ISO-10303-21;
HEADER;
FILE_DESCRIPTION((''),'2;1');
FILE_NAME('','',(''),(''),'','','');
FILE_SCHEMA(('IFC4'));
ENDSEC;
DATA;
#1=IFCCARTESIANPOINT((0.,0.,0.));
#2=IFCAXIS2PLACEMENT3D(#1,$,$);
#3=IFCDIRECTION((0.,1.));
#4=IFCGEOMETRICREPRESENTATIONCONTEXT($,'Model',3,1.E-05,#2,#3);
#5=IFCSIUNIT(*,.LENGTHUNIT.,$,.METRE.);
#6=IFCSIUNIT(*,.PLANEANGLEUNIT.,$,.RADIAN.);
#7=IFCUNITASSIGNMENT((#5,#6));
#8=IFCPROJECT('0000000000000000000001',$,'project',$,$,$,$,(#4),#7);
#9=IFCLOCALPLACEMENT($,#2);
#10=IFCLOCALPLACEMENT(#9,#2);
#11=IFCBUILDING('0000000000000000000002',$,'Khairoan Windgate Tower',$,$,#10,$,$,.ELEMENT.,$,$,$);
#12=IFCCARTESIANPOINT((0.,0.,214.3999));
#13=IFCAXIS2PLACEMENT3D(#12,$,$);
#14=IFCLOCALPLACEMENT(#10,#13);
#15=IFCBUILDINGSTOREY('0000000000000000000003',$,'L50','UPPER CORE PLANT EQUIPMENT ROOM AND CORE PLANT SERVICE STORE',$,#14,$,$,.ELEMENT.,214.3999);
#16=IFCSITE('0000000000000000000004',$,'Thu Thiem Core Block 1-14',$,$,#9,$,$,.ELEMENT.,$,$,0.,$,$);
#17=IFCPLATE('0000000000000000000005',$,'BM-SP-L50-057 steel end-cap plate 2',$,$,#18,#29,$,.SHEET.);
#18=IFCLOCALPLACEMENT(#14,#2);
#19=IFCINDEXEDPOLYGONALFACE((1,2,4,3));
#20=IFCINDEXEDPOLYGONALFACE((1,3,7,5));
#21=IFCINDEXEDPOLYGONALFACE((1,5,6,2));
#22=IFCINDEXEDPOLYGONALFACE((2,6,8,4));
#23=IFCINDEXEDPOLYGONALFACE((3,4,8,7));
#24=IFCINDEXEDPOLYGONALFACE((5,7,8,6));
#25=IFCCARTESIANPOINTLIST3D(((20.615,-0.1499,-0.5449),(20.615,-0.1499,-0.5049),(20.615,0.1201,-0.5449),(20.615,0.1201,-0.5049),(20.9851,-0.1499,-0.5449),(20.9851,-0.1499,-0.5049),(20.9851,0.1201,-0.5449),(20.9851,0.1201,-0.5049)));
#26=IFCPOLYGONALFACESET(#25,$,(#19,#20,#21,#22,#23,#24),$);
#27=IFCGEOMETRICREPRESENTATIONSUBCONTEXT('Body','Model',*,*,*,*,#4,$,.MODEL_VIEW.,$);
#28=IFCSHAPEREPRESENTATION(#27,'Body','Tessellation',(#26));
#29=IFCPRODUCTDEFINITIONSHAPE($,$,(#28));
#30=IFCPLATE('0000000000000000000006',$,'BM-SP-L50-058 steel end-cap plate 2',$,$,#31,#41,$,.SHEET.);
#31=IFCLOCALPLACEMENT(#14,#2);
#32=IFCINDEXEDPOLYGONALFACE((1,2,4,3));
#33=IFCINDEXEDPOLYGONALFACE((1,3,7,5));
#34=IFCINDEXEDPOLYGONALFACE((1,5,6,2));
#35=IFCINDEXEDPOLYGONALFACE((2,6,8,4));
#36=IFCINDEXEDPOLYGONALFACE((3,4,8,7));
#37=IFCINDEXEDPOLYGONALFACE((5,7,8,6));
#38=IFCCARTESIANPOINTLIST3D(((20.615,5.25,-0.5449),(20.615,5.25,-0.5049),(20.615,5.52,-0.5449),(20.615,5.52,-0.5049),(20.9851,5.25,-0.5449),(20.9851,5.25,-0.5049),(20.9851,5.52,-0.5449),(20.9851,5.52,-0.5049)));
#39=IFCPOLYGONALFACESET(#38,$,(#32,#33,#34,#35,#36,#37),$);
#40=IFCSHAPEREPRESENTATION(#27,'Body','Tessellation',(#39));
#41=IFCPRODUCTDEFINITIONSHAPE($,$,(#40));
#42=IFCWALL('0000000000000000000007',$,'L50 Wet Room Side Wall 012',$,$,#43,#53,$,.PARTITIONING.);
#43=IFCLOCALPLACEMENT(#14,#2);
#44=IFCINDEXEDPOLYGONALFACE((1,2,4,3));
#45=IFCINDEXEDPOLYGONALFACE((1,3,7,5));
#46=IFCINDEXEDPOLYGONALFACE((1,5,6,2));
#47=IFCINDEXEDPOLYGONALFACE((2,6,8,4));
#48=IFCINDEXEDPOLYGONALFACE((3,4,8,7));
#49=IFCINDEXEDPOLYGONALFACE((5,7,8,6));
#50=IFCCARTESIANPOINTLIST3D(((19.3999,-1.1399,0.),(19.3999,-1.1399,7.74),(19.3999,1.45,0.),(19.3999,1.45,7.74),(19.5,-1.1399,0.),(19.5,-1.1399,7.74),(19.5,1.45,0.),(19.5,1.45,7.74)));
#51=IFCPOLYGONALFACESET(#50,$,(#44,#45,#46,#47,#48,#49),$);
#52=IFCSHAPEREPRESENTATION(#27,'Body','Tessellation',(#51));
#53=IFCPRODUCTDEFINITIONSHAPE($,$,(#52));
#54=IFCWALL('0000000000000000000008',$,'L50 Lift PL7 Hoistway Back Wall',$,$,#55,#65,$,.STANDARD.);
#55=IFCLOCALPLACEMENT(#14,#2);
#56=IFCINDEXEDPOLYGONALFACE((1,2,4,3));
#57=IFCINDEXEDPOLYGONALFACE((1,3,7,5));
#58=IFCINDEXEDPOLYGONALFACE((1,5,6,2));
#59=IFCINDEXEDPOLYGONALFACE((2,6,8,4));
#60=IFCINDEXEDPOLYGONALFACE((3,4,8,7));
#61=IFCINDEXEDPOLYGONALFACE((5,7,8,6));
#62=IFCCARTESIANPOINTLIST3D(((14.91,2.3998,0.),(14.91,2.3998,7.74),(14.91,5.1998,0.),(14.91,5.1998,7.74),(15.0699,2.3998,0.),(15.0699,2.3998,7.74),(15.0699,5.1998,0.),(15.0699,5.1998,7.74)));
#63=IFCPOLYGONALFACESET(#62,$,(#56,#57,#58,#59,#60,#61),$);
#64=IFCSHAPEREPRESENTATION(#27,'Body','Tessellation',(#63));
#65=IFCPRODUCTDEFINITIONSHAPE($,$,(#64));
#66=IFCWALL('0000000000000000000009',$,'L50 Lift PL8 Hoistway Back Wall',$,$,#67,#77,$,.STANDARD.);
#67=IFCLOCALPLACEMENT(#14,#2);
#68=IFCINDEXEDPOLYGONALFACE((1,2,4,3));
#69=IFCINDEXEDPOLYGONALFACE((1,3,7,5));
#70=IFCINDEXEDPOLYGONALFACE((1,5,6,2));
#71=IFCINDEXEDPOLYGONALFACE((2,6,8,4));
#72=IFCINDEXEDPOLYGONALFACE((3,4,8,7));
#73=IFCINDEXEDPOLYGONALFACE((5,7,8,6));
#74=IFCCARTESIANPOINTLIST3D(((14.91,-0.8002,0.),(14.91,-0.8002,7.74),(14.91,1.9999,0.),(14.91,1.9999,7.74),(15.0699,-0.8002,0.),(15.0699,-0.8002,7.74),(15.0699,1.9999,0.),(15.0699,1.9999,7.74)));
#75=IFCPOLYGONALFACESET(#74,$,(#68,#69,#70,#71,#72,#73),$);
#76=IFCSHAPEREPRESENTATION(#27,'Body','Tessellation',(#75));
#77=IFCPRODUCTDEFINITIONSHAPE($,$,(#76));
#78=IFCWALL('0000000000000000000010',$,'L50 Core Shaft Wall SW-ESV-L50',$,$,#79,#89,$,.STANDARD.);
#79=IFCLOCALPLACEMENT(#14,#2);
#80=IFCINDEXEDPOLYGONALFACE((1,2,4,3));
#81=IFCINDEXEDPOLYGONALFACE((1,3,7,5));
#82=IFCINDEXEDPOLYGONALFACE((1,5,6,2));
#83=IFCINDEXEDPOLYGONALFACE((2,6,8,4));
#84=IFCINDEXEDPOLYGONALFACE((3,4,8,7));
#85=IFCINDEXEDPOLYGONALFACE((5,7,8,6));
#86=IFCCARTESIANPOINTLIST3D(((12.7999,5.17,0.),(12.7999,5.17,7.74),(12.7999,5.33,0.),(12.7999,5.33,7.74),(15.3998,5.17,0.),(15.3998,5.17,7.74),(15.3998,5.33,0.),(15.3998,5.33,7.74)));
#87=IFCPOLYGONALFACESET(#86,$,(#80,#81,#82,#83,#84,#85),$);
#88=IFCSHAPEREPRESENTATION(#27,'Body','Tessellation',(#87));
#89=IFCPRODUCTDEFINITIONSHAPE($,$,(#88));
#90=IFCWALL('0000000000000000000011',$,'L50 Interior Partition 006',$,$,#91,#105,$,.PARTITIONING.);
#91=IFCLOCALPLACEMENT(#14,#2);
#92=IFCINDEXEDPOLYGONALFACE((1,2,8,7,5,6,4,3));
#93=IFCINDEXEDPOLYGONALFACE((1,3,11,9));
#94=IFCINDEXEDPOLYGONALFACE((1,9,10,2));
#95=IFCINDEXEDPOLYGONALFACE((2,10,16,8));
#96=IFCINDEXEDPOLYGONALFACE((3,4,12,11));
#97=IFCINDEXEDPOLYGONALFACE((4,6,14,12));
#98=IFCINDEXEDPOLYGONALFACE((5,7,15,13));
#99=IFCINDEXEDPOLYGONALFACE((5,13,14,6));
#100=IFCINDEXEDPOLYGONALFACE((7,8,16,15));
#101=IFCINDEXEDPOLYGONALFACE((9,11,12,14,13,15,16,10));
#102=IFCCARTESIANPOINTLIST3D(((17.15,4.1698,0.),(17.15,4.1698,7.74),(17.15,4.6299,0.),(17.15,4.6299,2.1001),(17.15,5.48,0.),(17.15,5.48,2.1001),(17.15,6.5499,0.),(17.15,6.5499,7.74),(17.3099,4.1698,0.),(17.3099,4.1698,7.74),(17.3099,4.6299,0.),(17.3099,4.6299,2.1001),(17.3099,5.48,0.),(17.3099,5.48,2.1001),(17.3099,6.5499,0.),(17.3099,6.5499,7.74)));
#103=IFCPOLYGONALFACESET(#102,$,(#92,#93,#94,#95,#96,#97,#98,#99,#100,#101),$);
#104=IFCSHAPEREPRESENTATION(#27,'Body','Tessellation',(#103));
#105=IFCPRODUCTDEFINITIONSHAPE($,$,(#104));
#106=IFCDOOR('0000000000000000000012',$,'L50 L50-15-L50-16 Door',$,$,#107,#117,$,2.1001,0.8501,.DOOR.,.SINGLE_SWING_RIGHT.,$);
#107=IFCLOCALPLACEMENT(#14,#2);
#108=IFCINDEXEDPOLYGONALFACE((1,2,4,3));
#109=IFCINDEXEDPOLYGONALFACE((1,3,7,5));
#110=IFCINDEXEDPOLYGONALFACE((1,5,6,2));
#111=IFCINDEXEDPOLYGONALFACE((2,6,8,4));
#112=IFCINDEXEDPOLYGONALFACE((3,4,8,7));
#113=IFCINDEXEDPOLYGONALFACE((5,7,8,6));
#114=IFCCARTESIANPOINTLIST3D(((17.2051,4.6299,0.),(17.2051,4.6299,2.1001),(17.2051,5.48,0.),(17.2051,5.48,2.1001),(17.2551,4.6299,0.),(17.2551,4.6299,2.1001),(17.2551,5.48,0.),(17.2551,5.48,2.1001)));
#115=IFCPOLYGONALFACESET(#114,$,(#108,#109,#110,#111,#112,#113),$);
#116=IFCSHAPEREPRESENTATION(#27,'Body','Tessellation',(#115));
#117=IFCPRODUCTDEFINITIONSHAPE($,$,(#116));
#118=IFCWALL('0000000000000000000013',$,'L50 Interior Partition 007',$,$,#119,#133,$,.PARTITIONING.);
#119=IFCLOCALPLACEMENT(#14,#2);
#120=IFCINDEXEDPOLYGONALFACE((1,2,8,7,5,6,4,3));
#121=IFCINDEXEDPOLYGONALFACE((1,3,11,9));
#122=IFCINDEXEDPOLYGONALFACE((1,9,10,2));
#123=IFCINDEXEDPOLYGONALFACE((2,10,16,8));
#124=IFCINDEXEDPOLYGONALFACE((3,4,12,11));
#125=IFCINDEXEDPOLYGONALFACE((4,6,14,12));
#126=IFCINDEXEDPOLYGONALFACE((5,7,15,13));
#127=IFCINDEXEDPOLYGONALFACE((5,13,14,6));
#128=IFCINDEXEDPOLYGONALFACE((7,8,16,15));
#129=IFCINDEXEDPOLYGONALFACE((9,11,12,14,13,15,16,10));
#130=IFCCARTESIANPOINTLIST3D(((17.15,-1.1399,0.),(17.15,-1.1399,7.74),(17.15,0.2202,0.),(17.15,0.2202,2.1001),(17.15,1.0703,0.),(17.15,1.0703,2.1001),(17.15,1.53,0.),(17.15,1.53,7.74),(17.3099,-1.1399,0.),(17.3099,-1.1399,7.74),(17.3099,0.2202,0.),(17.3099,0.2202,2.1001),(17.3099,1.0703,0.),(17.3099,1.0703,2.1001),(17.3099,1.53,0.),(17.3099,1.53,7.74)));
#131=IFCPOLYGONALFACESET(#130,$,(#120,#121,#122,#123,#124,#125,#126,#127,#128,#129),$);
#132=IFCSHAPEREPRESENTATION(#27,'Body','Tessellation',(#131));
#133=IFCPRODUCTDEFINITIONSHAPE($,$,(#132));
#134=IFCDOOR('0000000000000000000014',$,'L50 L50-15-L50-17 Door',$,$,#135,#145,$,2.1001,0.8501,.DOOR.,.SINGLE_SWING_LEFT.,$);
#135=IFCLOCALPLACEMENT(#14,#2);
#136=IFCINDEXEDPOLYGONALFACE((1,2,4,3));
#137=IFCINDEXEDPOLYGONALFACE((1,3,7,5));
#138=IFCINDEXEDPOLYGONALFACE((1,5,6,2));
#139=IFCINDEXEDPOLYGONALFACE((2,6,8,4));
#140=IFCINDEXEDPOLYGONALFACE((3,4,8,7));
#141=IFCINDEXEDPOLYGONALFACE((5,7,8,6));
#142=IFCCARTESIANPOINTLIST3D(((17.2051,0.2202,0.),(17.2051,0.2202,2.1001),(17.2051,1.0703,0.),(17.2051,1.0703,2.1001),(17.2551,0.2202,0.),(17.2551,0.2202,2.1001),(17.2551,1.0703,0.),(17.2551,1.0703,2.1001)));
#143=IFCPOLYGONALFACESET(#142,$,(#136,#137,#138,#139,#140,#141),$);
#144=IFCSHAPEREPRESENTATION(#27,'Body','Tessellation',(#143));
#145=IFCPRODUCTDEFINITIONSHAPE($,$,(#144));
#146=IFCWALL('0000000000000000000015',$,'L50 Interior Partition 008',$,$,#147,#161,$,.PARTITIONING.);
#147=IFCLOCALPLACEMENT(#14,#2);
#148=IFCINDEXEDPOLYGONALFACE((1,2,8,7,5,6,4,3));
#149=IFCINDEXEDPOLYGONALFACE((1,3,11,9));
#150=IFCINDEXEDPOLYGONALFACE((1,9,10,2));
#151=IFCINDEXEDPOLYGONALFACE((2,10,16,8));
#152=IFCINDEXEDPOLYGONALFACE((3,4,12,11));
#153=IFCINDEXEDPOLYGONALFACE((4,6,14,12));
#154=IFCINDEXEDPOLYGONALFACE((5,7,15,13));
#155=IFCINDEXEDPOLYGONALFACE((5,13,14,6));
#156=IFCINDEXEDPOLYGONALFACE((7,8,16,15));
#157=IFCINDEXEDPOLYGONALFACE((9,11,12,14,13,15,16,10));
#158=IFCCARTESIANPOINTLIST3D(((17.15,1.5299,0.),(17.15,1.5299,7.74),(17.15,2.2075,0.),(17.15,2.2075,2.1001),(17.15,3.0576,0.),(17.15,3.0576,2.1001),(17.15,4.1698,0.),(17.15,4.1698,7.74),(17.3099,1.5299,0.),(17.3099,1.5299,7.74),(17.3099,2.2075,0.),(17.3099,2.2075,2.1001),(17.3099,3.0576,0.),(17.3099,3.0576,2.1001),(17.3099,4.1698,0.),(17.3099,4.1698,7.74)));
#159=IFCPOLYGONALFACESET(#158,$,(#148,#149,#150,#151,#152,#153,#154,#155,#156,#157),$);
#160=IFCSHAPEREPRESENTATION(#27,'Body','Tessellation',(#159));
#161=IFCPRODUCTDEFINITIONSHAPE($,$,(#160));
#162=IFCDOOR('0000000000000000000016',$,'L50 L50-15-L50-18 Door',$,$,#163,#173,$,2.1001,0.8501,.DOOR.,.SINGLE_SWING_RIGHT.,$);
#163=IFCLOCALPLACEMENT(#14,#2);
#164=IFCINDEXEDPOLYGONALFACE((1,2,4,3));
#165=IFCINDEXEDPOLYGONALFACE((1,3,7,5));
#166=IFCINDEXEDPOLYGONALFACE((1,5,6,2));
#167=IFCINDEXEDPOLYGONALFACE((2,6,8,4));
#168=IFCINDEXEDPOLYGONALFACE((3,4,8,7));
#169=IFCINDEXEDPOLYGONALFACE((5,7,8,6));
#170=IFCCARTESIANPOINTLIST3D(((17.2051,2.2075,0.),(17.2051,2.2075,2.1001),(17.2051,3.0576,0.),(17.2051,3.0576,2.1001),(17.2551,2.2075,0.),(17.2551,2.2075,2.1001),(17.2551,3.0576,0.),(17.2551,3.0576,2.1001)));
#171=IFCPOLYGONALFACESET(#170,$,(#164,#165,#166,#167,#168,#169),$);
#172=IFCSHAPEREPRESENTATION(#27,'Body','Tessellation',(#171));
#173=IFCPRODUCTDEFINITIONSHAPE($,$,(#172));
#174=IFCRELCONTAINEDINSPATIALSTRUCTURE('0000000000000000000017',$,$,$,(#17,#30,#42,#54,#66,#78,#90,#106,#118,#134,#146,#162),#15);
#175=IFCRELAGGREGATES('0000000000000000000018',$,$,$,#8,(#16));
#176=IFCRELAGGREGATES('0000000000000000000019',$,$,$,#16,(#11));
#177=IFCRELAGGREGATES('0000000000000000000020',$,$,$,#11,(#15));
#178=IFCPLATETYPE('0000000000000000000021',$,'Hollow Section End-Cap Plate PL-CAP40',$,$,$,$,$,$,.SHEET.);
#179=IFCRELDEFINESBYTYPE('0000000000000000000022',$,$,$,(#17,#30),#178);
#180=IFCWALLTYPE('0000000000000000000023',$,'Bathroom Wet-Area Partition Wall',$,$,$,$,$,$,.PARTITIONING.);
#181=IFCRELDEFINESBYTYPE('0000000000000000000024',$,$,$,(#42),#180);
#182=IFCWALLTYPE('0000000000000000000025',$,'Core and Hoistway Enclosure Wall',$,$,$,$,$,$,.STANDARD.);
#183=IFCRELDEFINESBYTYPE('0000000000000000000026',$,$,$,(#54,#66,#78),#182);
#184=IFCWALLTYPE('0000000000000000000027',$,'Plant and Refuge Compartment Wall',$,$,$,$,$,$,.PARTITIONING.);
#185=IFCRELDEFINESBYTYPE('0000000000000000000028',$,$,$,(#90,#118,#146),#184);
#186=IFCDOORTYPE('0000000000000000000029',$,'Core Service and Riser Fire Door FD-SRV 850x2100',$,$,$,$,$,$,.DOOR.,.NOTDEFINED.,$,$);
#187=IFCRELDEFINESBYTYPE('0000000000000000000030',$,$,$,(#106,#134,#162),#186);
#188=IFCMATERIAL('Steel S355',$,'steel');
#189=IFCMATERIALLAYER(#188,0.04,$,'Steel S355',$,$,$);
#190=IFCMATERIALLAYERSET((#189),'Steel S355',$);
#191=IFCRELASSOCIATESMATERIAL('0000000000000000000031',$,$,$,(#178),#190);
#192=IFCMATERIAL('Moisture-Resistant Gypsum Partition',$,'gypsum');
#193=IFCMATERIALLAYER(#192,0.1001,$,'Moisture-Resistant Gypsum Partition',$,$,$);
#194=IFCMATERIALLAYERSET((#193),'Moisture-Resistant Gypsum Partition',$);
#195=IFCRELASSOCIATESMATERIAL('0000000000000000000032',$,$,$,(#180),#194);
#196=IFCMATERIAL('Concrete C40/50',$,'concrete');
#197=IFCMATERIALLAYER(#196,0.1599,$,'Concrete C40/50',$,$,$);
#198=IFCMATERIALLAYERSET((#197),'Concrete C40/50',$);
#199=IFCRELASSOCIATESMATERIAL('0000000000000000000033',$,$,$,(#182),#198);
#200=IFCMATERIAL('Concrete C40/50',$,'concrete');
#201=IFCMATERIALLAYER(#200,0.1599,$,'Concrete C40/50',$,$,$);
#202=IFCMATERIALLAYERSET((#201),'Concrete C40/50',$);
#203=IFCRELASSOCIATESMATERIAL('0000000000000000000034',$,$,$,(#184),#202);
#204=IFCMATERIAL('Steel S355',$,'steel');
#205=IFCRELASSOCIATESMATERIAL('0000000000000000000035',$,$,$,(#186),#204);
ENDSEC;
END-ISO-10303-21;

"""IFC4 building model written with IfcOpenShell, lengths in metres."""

from ifc_helpers import new_model, si_unit, direction, frame, frame_2d, origin, origin_2d, place, context, subcontext, project, spatial, rectangle, extrude, material, layer, layer_set, type_object, element, fill, save


model = new_model("IFC4")

# Units and contexts
model_context = context("Model", 3, precision=1e-05, world=origin(), true_north=direction((0.0, 1.0)))
body_context = subcontext(model_context, "Body", "Model", "MODEL_VIEW")
ifc_project = project(units=[si_unit("LENGTHUNIT", "METRE"), si_unit("PLANEANGLEUNIT", "RADIAN")], contexts=[model_context])

# Site, building, storey
site_placement = place(None, origin())
site = spatial("IfcSite", under=ifc_project, at=site_placement, Name="Thu Thiem Core Block 1-14", CompositionType="ELEMENT", RefElevation=0.0)
building_placement = place(site_placement, origin())
building = spatial("IfcBuilding", under=site, at=building_placement, Name="Khairoan Windgate Tower", CompositionType="ELEMENT")
storey_placement = place(building_placement, frame((0.0, 0.0, 214.3999)))
storey = spatial("IfcBuildingStorey", under=building, at=storey_placement, Name="L50", Description="UPPER CORE PLANT EQUIPMENT ROOM AND CORE PLANT SERVICE STORE", CompositionType="ELEMENT", Elevation=214.3999)

# Plates
ifc_material_1 = material(Name="Steel S355", Category="steel")
ifc_layer_1 = layer(ifc_material_1, 0.04, Name="Steel S355")
ifc_layer_set_1 = layer_set([ifc_layer_1], Name="Steel S355")
plate_type = type_object("IfcPlateType", Name="Hollow Section End-Cap Plate PL-CAP40", PredefinedType="SHEET", material=ifc_layer_set_1)
for number, where, z_axis, x_axis, name in (
    (1, (20.8, -0.0149, -0.5449), (0.0, 0.0, 1.0), (0.0, 1.0, 0.0), "BM-SP-L50-057 steel end-cap plate 2"),
    (2, (20.8, 5.385, -0.5449), (0.0, 0.0, 1.0), (0.0, 1.0, 0.0), "BM-SP-L50-058 steel end-cap plate 2"),
):
    element("IfcPlate", number, at=place(storey_placement, frame(where, z_axis=z_axis, x_axis=x_axis)), inside=storey, type_object=plate_type, Name=name, PredefinedType="SHEET", context=body_context, shape_type="SweptSolid", body=[
        extrude(rectangle(XDim=0.27, YDim=0.3701, at=origin_2d()), origin(), (0.0, 0.0, 1.0), 0.04),
    ])

# Walls
ifc_material_2 = material(Name="Moisture-Resistant Gypsum Partition", Category="gypsum")
ifc_layer_2 = layer(ifc_material_2, 0.1001, Name="Moisture-Resistant Gypsum Partition")
ifc_layer_set_2 = layer_set([ifc_layer_2], Name="Moisture-Resistant Gypsum Partition")
wall_type_1 = type_object("IfcWallType", Name="Bathroom Wet-Area Partition Wall", PredefinedType="PARTITIONING", material=ifc_layer_set_2)
wall_1_placement = place(storey_placement, frame((19.45, 1.45, 0.0), z_axis=(0.0, 0.0, 1.0), x_axis=(0.0, -1.0, 0.0)))
element("IfcWall", 3, at=wall_1_placement, inside=storey, type_object=wall_type_1, Name="L50 Wet Room Side Wall 012", PredefinedType="PARTITIONING", context=body_context, shape_type="SweptSolid", body=[
    extrude(rectangle(XDim=2.5898, YDim=0.1001, at=frame_2d((1.2949, 0.0))), origin(), (0.0, 0.0, 1.0), 7.74),
])
ifc_material_3 = material(Name="Concrete C40/50", Category="concrete")
ifc_layer_3 = layer(ifc_material_3, 0.1599, Name="Concrete C40/50")
ifc_layer_set_3 = layer_set([ifc_layer_3], Name="Concrete C40/50")
wall_type_2 = type_object("IfcWallType", Name="Core and Hoistway Enclosure Wall", PredefinedType="STANDARD", material=ifc_layer_set_3)
for number, where, z_axis, x_axis, name in (
    (4, (14.99, 2.3999, 0.0), (0.0, 0.0, 1.0), (0.0, 1.0, 0.0), "L50 Lift PL7 Hoistway Back Wall"),
    (5, (14.99, -0.8, 0.0), (0.0, 0.0, 1.0), (0.0, 1.0, 0.0), "L50 Lift PL8 Hoistway Back Wall"),
):
    element("IfcWall", number, at=place(storey_placement, frame(where, z_axis=z_axis, x_axis=x_axis)), inside=storey, type_object=wall_type_2, Name=name, PredefinedType="STANDARD", context=body_context, shape_type="SweptSolid", body=[
        extrude(rectangle(XDim=2.8, YDim=0.1599, at=frame_2d((1.3999, 0.0))), origin(), (0.0, 0.0, 1.0), 7.74),
    ])
wall_2_placement = place(storey_placement, frame((12.8, 5.25, 0.0), z_axis=(0.0, 0.0, 1.0), x_axis=(1.0, 0.0, 0.0)))
element("IfcWall", 6, at=wall_2_placement, inside=storey, type_object=wall_type_2, Name="L50 Core Shaft Wall SW-ESV-L50", PredefinedType="STANDARD", context=body_context, shape_type="SweptSolid", body=[
    extrude(rectangle(XDim=2.5999, YDim=0.1599, at=frame_2d((1.2998, 0.0))), origin(), (0.0, 0.0, 1.0), 7.74),
])

# Walls, openings, doors
ifc_material_4 = material(Name="Concrete C40/50", Category="concrete")
ifc_layer_4 = layer(ifc_material_4, 0.1599, Name="Concrete C40/50")
ifc_layer_set_4 = layer_set([ifc_layer_4], Name="Concrete C40/50")
wall_type_3 = type_object("IfcWallType", Name="Plant and Refuge Compartment Wall", PredefinedType="PARTITIONING", material=ifc_layer_set_4)
wall_3_placement = place(storey_placement, frame((17.23, 4.1699, 0.0), z_axis=(0.0, 0.0, 1.0), x_axis=(0.0, 1.0, 0.0)))
wall_3 = element("IfcWall", 7, at=wall_3_placement, inside=storey, type_object=wall_type_3, Name="L50 Interior Partition 006", PredefinedType="PARTITIONING", context=body_context, shape_type="SweptSolid", body=[
    extrude(rectangle(XDim=2.3801, YDim=0.1599, at=frame_2d((1.1899, 0.0))), origin(), (0.0, 0.0, 1.0), 7.74),
])
opening_1_placement = place(wall_3_placement, frame((0.46, 0.0, 0.0)))
opening_1 = element("IfcOpeningElement", 8, at=opening_1_placement, cuts=wall_3, PredefinedType="OPENING", context=body_context, shape_type="SweptSolid", body=[
    extrude(rectangle(XDim=0.8501, YDim=2.1001, at=frame_2d((0.425, 1.05))), frame((0.0, 0.0898, 0.0), z_axis=(0.0, -1.0, 0.0), x_axis=(1.0, 0.0, 0.0)), (0.0, 0.0, 1.0), 0.1799),
])
ifc_material_5 = material(Name="Steel S355", Category="steel")
door_type = type_object("IfcDoorType", Name="Core Service and Riser Fire Door FD-SRV 850x2100", OperationType="NOTDEFINED", PredefinedType="DOOR", material=ifc_material_5)
door_1_placement = place(opening_1_placement, origin())
door_1 = element("IfcDoor", 9, at=door_1_placement, inside=storey, type_object=door_type, Name="L50 L50-15-L50-16 Door", OperationType="SINGLE_SWING_RIGHT", OverallHeight=2.1001, OverallWidth=0.8501, PredefinedType="DOOR", context=body_context, shape_type="SweptSolid", body=[
    extrude(rectangle(XDim=0.8501, YDim=2.1001, at=frame_2d((0.425, 1.05))), frame((0.0, 0.0249, 0.0), z_axis=(0.0, -1.0, 0.0), x_axis=(1.0, 0.0, 0.0)), (0.0, 0.0, 1.0), 0.05),
])
fill(opening_1, door_1)
wall_4_placement = place(storey_placement, frame((17.23, -1.1399, 0.0), z_axis=(0.0, 0.0, 1.0), x_axis=(0.0, 1.0, 0.0)))
wall_4 = element("IfcWall", 10, at=wall_4_placement, inside=storey, type_object=wall_type_3, Name="L50 Interior Partition 007", PredefinedType="PARTITIONING", context=body_context, shape_type="SweptSolid", body=[
    extrude(rectangle(XDim=2.6699, YDim=0.1599, at=frame_2d((1.335, 0.0))), origin(), (0.0, 0.0, 1.0), 7.74),
])
opening_2_placement = place(wall_4_placement, frame((1.3601, 0.0, 0.0)))
opening_2 = element("IfcOpeningElement", 11, at=opening_2_placement, cuts=wall_4, PredefinedType="OPENING", context=body_context, shape_type="SweptSolid", body=[
    extrude(rectangle(XDim=0.8501, YDim=2.1001, at=frame_2d((0.425, 1.05))), frame((0.0, 0.0898, 0.0), z_axis=(0.0, -1.0, 0.0), x_axis=(1.0, 0.0, 0.0)), (0.0, 0.0, 1.0), 0.1799),
])
door_2_placement = place(opening_2_placement, origin())
door_2 = element("IfcDoor", 12, at=door_2_placement, inside=storey, type_object=door_type, Name="L50 L50-15-L50-17 Door", OperationType="SINGLE_SWING_LEFT", OverallHeight=2.1001, OverallWidth=0.8501, PredefinedType="DOOR", context=body_context, shape_type="SweptSolid", body=[
    extrude(rectangle(XDim=0.8501, YDim=2.1001, at=frame_2d((0.425, 1.05))), frame((0.0, 0.0249, 0.0), z_axis=(0.0, -1.0, 0.0), x_axis=(1.0, 0.0, 0.0)), (0.0, 0.0, 1.0), 0.05),
])
fill(opening_2, door_2)
wall_5_placement = place(storey_placement, frame((17.23, 1.53, 0.0), z_axis=(0.0, 0.0, 1.0), x_axis=(0.0, 1.0, 0.0)))
wall_5 = element("IfcWall", 13, at=wall_5_placement, inside=storey, type_object=wall_type_3, Name="L50 Interior Partition 008", PredefinedType="PARTITIONING", context=body_context, shape_type="SweptSolid", body=[
    extrude(rectangle(XDim=2.6399, YDim=0.1599, at=frame_2d((1.3198, 0.0))), origin(), (0.0, 0.0, 1.0), 7.74),
])
opening_3_placement = place(wall_5_placement, frame((0.6775, 0.0, 0.0)))
opening_3 = element("IfcOpeningElement", 14, at=opening_3_placement, cuts=wall_5, PredefinedType="OPENING", context=body_context, shape_type="SweptSolid", body=[
    extrude(rectangle(XDim=0.8501, YDim=2.1001, at=frame_2d((0.425, 1.05))), frame((0.0, 0.0898, 0.0), z_axis=(0.0, -1.0, 0.0), x_axis=(1.0, 0.0, 0.0)), (0.0, 0.0, 1.0), 0.1799),
])
door_3_placement = place(opening_3_placement, origin())
door_3 = element("IfcDoor", 15, at=door_3_placement, inside=storey, type_object=door_type, Name="L50 L50-15-L50-18 Door", OperationType="SINGLE_SWING_RIGHT", OverallHeight=2.1001, OverallWidth=0.8501, PredefinedType="DOOR", context=body_context, shape_type="SweptSolid", body=[
    extrude(rectangle(XDim=0.8501, YDim=2.1001, at=frame_2d((0.425, 1.05))), frame((0.0, 0.0249, 0.0), z_axis=(0.0, -1.0, 0.0), x_axis=(1.0, 0.0, 0.0)), (0.0, 0.0, 1.0), 0.05),
])
fill(opening_3, door_3)

save(model, "model.ifc")
